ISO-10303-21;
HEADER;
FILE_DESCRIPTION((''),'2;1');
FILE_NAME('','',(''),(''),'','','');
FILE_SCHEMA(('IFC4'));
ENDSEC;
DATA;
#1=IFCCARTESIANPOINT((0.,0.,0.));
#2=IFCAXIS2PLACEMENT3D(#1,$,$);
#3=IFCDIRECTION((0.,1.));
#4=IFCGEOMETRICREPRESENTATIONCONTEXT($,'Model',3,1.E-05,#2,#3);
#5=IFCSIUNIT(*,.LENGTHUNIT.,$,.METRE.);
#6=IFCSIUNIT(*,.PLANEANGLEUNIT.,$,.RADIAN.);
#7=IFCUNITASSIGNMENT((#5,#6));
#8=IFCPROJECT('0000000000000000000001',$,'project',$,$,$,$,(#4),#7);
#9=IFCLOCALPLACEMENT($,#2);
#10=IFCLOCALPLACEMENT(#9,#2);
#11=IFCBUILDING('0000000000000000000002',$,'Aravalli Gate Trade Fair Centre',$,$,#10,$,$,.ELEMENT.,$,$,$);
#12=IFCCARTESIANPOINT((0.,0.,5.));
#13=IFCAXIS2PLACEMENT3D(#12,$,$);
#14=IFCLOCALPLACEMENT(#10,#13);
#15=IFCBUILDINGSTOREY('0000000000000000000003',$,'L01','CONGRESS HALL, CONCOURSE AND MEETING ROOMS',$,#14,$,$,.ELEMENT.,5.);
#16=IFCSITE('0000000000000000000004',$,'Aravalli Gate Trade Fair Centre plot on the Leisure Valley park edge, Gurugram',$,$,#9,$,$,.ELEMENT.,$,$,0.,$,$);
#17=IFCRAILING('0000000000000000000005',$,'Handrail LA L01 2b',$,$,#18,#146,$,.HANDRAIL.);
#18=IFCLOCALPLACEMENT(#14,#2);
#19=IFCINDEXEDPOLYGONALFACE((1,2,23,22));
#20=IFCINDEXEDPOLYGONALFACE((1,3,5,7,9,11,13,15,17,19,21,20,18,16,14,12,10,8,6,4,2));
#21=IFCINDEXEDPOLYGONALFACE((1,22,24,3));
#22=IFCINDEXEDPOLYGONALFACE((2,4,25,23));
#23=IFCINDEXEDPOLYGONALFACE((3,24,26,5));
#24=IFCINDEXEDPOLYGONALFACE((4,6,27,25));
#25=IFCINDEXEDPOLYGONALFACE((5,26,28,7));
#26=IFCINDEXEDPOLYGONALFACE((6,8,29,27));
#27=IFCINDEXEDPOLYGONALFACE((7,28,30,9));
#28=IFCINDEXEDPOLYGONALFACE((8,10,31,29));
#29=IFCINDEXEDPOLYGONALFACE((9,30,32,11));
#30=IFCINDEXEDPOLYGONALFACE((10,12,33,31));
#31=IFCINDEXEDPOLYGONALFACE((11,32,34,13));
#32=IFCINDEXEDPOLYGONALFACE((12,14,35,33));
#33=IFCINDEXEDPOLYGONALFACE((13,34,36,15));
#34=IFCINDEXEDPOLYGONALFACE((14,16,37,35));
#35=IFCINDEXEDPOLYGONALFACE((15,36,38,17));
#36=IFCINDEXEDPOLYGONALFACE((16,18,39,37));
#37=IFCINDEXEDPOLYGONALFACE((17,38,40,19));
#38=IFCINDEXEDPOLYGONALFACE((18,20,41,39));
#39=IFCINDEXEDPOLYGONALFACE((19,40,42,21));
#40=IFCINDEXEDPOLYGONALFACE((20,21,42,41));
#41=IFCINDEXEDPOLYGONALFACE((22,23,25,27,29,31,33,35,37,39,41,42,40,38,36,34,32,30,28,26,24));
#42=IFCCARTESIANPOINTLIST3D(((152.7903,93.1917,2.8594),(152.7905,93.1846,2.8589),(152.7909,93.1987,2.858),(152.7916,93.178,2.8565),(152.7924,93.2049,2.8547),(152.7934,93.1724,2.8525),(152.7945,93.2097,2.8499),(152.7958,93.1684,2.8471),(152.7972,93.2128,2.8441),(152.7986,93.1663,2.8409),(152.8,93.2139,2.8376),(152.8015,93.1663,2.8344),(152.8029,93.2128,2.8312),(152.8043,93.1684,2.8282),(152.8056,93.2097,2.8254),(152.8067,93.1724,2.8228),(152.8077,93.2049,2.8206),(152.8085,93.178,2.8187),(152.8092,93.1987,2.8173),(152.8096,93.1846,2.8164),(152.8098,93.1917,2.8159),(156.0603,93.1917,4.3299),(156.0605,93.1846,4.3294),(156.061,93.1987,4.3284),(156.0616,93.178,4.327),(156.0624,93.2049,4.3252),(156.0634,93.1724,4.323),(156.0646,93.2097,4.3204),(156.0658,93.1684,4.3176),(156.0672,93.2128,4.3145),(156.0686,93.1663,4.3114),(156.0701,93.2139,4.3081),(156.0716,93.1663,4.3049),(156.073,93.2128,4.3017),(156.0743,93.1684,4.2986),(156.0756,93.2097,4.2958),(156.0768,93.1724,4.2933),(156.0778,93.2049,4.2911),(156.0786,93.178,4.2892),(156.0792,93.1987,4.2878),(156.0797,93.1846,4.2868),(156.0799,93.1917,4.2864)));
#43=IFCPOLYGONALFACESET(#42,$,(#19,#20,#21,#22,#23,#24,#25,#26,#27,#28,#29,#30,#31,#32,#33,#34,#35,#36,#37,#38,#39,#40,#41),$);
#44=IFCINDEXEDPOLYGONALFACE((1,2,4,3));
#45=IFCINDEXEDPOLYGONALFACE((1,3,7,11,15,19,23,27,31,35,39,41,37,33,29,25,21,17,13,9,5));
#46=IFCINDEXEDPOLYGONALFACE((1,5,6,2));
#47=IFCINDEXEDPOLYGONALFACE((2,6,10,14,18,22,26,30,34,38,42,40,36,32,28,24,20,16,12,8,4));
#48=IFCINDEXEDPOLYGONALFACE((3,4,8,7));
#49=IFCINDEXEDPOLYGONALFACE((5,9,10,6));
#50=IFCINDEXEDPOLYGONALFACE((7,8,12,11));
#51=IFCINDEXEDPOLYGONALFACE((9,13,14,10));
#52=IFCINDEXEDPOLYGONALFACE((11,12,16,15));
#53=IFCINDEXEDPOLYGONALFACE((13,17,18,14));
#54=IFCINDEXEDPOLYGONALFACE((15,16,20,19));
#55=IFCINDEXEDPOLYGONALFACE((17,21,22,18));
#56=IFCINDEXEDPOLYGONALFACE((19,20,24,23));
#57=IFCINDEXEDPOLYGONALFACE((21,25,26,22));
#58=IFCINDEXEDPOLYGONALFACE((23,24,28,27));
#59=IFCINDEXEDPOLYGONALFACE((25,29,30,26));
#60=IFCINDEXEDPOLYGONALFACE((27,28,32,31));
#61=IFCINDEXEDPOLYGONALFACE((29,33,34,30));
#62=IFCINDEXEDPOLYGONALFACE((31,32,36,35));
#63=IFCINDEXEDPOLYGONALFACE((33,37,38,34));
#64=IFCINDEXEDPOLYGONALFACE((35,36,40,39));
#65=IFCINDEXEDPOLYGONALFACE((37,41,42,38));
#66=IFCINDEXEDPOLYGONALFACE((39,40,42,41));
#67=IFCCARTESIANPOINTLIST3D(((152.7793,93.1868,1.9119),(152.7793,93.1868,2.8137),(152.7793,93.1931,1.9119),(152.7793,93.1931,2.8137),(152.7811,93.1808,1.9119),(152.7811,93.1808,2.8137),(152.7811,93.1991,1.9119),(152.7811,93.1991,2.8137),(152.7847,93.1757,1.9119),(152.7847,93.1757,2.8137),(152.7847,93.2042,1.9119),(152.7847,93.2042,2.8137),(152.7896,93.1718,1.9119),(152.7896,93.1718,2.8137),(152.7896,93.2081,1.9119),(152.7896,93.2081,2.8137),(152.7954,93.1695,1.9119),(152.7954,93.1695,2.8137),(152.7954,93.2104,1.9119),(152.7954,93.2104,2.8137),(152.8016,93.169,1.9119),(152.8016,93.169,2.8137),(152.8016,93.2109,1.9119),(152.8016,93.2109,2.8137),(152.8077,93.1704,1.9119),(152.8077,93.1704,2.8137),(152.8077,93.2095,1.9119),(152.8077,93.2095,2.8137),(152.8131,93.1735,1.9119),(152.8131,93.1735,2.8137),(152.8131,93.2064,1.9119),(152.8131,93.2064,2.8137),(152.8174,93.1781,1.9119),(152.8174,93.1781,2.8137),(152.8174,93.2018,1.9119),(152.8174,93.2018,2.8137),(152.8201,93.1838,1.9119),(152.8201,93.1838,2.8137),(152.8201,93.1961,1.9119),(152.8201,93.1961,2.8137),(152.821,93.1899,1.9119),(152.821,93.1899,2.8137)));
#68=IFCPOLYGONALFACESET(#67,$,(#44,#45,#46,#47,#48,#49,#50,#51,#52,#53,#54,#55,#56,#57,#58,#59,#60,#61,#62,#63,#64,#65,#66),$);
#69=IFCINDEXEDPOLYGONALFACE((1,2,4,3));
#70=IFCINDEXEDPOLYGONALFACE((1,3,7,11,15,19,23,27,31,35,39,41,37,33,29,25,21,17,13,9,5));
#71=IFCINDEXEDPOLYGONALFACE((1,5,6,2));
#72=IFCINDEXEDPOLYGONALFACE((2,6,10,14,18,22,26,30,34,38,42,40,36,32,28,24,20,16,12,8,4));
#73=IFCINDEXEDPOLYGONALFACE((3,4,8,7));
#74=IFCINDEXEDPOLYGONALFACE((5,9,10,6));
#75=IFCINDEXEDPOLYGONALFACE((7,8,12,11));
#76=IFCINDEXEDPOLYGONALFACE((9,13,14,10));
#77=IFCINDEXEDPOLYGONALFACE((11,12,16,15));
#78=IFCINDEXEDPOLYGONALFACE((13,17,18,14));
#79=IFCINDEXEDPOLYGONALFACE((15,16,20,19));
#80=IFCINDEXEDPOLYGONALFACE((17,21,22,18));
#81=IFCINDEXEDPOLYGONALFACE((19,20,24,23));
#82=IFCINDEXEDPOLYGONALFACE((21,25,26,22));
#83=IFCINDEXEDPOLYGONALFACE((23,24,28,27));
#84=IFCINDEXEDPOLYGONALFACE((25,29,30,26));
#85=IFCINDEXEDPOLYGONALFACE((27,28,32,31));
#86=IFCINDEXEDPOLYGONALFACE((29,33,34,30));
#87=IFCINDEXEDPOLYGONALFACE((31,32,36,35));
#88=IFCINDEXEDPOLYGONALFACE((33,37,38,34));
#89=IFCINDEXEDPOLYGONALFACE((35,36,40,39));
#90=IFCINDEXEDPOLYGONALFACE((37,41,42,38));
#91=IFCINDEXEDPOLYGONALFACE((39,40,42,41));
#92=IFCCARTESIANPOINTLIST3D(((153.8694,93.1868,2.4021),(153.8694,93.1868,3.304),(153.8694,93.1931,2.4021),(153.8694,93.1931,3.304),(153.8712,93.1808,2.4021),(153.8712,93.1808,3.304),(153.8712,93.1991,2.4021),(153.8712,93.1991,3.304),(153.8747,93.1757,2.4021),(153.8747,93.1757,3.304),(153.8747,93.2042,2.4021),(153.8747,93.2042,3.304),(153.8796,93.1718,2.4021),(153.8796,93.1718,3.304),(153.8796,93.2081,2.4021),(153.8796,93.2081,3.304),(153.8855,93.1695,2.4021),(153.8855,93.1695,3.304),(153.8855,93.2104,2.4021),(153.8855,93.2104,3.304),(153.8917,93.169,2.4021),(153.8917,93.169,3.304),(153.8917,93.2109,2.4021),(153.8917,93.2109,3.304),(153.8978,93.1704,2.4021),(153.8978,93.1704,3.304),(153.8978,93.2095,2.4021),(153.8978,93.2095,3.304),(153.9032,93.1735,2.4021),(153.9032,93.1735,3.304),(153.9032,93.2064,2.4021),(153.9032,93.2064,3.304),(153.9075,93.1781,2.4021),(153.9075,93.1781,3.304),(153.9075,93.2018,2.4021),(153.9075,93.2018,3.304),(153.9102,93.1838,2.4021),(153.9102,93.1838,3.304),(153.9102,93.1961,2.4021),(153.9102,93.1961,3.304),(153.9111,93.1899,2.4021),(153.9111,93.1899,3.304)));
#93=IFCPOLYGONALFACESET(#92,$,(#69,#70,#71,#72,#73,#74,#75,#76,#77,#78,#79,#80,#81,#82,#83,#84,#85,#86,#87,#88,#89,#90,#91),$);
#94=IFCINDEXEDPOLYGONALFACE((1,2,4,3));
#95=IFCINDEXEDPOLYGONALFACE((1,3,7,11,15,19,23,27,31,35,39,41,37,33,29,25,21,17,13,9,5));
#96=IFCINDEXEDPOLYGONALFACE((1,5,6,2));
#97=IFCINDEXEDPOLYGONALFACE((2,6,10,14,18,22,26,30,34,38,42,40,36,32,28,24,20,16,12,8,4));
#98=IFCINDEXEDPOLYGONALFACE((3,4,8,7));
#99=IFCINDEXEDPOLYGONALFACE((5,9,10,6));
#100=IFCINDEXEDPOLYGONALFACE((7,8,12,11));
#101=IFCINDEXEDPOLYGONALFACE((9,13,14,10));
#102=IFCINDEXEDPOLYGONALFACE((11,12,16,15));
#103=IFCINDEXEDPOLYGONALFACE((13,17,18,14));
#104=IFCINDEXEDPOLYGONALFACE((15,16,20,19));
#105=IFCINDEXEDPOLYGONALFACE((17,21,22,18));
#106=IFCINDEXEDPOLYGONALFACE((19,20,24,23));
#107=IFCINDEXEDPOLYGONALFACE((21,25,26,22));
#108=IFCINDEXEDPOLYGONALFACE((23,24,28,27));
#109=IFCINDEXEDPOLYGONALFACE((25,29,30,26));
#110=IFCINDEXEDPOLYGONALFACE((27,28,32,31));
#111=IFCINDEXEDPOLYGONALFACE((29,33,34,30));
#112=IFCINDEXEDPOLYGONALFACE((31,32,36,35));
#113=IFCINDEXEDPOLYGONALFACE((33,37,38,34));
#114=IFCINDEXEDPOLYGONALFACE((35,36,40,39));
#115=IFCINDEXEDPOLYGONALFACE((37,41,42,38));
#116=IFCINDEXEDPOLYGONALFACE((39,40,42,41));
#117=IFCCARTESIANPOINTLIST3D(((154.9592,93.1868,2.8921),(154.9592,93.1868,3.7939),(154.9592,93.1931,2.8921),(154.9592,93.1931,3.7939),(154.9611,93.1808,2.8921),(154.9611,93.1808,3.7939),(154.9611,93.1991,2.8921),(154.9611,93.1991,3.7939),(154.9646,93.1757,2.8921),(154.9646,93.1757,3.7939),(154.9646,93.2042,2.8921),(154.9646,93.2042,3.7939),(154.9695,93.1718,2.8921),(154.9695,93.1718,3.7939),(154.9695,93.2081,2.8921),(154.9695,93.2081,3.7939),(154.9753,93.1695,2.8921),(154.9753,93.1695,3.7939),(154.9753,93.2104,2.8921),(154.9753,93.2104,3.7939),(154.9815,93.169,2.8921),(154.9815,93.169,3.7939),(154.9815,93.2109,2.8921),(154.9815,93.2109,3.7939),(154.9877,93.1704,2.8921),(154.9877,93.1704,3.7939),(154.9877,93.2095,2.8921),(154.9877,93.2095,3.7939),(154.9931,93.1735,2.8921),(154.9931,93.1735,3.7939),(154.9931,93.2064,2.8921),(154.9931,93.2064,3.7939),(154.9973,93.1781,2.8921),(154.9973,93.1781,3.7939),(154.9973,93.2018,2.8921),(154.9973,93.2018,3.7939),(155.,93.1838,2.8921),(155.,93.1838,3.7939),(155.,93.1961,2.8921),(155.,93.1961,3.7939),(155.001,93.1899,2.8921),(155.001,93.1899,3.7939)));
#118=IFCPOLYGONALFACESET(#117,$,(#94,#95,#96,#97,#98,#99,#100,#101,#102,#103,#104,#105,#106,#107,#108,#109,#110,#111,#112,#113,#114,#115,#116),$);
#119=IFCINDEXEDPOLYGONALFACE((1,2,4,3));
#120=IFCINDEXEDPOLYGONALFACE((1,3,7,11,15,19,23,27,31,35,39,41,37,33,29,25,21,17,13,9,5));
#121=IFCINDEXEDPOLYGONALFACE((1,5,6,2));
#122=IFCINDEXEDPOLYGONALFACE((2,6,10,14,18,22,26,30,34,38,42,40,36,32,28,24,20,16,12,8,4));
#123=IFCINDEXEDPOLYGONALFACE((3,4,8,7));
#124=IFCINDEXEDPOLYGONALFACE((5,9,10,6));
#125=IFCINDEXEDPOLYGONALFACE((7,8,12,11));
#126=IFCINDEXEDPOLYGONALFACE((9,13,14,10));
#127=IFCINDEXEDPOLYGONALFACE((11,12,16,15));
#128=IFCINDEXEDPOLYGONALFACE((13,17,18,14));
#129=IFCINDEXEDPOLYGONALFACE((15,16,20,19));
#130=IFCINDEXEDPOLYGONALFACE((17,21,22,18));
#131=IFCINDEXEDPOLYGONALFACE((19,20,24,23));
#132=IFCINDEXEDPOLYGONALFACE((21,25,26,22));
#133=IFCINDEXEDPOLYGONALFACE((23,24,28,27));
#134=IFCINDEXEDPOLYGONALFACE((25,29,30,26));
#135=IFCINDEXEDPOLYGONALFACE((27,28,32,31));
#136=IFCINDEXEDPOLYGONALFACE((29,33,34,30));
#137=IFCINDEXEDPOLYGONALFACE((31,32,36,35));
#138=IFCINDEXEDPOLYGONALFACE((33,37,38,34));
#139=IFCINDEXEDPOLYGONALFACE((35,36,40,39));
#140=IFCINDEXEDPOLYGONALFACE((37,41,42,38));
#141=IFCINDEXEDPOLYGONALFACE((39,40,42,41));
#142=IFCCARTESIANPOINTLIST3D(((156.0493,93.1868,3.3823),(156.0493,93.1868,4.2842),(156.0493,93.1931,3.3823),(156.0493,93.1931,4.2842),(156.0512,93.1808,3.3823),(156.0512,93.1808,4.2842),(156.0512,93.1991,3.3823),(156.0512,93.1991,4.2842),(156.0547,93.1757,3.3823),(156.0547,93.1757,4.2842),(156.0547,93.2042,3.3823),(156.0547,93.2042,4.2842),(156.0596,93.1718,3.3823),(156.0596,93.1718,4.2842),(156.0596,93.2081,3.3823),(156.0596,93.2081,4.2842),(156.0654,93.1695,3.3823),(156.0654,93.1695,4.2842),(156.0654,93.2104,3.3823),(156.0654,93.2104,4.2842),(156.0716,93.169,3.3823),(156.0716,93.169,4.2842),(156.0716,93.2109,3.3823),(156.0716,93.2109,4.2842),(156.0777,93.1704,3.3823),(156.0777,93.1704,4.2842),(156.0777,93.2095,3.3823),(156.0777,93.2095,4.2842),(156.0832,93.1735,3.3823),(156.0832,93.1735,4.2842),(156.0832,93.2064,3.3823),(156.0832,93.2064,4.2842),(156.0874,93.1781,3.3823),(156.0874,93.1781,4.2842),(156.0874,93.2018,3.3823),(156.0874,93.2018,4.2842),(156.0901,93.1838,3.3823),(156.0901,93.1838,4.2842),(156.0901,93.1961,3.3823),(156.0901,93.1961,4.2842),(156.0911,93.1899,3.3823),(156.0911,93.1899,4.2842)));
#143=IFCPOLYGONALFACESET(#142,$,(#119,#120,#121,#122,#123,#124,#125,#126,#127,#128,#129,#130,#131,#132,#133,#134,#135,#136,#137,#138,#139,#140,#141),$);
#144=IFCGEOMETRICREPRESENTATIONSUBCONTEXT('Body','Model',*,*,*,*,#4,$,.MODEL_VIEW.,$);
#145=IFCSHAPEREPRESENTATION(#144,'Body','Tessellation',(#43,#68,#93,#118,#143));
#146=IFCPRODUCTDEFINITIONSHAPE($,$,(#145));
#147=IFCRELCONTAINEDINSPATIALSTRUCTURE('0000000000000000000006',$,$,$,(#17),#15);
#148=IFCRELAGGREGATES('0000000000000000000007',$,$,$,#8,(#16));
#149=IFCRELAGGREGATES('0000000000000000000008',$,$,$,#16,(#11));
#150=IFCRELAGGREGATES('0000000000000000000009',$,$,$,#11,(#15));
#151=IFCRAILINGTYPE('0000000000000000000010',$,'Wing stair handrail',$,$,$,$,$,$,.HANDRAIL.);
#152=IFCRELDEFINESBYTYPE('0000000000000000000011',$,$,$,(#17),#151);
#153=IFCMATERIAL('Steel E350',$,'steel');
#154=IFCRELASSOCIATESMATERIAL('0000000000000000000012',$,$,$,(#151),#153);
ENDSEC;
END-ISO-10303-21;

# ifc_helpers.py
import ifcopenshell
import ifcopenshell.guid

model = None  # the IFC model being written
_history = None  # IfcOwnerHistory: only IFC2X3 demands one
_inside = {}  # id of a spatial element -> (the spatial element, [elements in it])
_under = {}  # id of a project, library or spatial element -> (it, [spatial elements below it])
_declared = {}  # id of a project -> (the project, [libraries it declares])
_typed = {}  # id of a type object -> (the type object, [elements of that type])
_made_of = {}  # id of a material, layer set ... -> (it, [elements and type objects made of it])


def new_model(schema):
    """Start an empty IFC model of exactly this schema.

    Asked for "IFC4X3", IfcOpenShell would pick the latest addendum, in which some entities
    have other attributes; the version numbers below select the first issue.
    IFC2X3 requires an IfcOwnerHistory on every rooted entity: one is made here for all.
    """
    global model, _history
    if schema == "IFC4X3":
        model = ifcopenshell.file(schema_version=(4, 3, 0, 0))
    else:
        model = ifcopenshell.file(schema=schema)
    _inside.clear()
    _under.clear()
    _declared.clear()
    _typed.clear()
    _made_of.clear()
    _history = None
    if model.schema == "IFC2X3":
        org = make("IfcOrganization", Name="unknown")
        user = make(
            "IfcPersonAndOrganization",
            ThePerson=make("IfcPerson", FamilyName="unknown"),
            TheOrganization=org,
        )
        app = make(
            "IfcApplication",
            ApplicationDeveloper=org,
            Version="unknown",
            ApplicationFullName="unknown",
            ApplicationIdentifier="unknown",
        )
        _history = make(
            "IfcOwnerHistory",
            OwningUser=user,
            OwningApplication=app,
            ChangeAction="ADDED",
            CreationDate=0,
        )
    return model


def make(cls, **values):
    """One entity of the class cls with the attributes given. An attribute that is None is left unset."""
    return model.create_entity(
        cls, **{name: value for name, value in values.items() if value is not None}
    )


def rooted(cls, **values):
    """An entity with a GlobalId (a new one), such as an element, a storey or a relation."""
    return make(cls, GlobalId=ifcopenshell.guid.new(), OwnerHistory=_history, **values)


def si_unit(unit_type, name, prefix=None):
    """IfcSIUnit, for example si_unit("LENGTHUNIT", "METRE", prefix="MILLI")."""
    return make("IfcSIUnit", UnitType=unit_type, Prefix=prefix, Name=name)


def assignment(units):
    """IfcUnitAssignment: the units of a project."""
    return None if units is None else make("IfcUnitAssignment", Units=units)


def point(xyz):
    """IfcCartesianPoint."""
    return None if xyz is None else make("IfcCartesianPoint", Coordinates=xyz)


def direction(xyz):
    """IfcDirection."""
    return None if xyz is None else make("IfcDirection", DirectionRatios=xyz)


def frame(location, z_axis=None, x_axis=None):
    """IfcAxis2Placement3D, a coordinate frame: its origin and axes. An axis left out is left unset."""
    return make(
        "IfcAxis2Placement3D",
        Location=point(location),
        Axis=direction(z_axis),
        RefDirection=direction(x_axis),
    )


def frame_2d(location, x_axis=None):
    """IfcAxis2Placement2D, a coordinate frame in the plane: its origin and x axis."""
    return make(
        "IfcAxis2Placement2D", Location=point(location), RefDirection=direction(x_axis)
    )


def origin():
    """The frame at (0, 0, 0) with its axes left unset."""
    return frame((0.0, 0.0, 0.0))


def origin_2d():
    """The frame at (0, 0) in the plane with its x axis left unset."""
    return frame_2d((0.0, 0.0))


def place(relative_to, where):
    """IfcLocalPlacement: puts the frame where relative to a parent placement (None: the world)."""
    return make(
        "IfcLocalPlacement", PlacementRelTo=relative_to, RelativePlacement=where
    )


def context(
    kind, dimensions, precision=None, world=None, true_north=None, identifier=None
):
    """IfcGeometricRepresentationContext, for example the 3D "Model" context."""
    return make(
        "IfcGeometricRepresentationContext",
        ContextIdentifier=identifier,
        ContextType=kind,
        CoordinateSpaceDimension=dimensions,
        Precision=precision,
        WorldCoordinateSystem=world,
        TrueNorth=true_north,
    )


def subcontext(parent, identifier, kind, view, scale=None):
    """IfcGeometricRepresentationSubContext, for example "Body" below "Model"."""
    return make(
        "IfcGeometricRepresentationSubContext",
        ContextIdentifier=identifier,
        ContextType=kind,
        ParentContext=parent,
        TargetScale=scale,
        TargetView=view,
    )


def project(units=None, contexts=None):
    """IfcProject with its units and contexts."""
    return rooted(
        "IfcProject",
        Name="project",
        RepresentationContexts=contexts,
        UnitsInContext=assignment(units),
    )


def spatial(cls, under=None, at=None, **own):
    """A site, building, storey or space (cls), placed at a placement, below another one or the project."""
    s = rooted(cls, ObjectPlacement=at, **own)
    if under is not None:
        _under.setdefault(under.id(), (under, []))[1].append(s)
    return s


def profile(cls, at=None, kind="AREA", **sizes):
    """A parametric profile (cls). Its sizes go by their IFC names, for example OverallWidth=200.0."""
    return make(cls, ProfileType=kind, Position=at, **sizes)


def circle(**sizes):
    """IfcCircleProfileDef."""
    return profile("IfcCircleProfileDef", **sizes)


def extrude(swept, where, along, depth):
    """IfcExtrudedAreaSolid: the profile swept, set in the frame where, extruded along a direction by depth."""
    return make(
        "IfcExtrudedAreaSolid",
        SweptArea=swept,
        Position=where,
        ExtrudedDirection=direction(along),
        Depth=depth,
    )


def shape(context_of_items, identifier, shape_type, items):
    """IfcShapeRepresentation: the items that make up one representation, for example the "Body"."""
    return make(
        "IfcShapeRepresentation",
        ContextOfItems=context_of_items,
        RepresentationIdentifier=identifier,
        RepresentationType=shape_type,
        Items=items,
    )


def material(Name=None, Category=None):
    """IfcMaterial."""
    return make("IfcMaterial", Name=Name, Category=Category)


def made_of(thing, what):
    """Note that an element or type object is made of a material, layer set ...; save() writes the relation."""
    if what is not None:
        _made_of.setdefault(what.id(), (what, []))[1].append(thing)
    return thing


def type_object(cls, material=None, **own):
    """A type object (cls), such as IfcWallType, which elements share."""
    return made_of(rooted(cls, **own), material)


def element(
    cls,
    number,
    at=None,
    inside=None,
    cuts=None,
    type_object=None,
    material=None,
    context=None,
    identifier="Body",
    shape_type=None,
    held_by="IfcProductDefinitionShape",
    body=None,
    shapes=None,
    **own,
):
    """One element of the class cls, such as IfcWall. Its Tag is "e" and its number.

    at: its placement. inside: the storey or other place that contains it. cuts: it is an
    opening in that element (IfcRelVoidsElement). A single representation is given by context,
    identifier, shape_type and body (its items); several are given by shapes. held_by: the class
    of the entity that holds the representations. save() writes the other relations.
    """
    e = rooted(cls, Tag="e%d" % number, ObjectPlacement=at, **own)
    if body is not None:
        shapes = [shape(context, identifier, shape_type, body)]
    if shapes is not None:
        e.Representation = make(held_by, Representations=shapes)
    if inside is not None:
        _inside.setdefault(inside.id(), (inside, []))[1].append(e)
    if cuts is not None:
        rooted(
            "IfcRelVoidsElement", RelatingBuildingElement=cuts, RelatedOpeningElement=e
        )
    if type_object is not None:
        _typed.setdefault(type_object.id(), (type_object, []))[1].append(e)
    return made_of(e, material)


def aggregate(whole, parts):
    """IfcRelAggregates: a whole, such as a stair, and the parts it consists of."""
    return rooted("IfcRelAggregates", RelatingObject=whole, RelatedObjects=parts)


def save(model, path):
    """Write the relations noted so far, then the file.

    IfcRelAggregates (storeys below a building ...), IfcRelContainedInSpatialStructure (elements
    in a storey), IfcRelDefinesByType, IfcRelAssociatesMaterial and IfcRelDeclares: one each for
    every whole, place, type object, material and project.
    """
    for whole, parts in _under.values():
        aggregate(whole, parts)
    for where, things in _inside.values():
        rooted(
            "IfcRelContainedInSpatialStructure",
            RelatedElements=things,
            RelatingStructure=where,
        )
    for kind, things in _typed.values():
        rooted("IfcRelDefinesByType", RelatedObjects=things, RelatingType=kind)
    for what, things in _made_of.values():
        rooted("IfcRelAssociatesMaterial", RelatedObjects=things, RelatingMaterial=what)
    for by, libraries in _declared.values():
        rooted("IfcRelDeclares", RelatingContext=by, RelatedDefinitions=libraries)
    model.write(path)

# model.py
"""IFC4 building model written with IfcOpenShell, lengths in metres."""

from ifc_helpers import new_model, si_unit, direction, frame, origin, origin_2d, place, context, subcontext, project, spatial, circle, extrude, material, type_object, element, save


model = new_model("IFC4")

# Units and contexts
model_context = context("Model", 3, precision=1e-05, world=origin(), true_north=direction((0.0, 1.0)))
body_context = subcontext(model_context, "Body", "Model", "MODEL_VIEW")
ifc_project = project(units=[si_unit("LENGTHUNIT", "METRE"), si_unit("PLANEANGLEUNIT", "RADIAN")], contexts=[model_context])

# Site, building, storey
site_placement = place(None, origin())
site = spatial("IfcSite", under=ifc_project, at=site_placement, Name="Aravalli Gate Trade Fair Centre plot on the Leisure Valley park edge, Gurugram", CompositionType="ELEMENT", RefElevation=0.0)
building_placement = place(site_placement, origin())
building = spatial("IfcBuilding", under=site, at=building_placement, Name="Aravalli Gate Trade Fair Centre", CompositionType="ELEMENT")
storey_placement = place(building_placement, frame((0.0, 0.0, 5.0)))
storey = spatial("IfcBuildingStorey", under=building, at=storey_placement, Name="L01", Description="CONGRESS HALL, CONCOURSE AND MEETING ROOMS", CompositionType="ELEMENT", Elevation=5.0)

# Shared definitions
ifc_material_1 = material(Name="Steel E350", Category="steel")

# Railing
railing_type_1 = type_object("IfcRailingType", Name="Wing stair handrail", PredefinedType="HANDRAIL", material=ifc_material_1)
for number, where, name in (
    (1, (152.8, 93.1899, 1.9119), "Handrail LA L01 2b"),
):
    element("IfcRailing", number, at=place(storey_placement, frame(where)), inside=storey, type_object=railing_type_1, Name=name, PredefinedType="HANDRAIL", context=body_context, shape_type="SweptSolid", body=[
        extrude(circle(Radius=0.0239, at=origin_2d()), frame((0.0, 0.0, 0.9258), z_axis=(0.912031, 0.0, 0.410121), x_axis=(0.0, 1.0, 0.0)), (0.0, 0.0, 1.0), 3.5854),
        extrude(circle(Radius=0.021, at=origin_2d()), origin(), (0.0, 0.0, 1.0), 0.9019),
        extrude(circle(Radius=0.021, at=origin_2d()), frame((1.0901, 0.0, 0.4902)), (0.0, 0.0, 1.0), 0.9019),
        extrude(circle(Radius=0.021, at=origin_2d()), frame((2.1799, 0.0, 0.9802)), (0.0, 0.0, 1.0), 0.9019),
        extrude(circle(Radius=0.021, at=origin_2d()), frame((3.27, 0.0, 1.4705)), (0.0, 0.0, 1.0), 0.9019),
    ])

save(model, "model.ifc")
